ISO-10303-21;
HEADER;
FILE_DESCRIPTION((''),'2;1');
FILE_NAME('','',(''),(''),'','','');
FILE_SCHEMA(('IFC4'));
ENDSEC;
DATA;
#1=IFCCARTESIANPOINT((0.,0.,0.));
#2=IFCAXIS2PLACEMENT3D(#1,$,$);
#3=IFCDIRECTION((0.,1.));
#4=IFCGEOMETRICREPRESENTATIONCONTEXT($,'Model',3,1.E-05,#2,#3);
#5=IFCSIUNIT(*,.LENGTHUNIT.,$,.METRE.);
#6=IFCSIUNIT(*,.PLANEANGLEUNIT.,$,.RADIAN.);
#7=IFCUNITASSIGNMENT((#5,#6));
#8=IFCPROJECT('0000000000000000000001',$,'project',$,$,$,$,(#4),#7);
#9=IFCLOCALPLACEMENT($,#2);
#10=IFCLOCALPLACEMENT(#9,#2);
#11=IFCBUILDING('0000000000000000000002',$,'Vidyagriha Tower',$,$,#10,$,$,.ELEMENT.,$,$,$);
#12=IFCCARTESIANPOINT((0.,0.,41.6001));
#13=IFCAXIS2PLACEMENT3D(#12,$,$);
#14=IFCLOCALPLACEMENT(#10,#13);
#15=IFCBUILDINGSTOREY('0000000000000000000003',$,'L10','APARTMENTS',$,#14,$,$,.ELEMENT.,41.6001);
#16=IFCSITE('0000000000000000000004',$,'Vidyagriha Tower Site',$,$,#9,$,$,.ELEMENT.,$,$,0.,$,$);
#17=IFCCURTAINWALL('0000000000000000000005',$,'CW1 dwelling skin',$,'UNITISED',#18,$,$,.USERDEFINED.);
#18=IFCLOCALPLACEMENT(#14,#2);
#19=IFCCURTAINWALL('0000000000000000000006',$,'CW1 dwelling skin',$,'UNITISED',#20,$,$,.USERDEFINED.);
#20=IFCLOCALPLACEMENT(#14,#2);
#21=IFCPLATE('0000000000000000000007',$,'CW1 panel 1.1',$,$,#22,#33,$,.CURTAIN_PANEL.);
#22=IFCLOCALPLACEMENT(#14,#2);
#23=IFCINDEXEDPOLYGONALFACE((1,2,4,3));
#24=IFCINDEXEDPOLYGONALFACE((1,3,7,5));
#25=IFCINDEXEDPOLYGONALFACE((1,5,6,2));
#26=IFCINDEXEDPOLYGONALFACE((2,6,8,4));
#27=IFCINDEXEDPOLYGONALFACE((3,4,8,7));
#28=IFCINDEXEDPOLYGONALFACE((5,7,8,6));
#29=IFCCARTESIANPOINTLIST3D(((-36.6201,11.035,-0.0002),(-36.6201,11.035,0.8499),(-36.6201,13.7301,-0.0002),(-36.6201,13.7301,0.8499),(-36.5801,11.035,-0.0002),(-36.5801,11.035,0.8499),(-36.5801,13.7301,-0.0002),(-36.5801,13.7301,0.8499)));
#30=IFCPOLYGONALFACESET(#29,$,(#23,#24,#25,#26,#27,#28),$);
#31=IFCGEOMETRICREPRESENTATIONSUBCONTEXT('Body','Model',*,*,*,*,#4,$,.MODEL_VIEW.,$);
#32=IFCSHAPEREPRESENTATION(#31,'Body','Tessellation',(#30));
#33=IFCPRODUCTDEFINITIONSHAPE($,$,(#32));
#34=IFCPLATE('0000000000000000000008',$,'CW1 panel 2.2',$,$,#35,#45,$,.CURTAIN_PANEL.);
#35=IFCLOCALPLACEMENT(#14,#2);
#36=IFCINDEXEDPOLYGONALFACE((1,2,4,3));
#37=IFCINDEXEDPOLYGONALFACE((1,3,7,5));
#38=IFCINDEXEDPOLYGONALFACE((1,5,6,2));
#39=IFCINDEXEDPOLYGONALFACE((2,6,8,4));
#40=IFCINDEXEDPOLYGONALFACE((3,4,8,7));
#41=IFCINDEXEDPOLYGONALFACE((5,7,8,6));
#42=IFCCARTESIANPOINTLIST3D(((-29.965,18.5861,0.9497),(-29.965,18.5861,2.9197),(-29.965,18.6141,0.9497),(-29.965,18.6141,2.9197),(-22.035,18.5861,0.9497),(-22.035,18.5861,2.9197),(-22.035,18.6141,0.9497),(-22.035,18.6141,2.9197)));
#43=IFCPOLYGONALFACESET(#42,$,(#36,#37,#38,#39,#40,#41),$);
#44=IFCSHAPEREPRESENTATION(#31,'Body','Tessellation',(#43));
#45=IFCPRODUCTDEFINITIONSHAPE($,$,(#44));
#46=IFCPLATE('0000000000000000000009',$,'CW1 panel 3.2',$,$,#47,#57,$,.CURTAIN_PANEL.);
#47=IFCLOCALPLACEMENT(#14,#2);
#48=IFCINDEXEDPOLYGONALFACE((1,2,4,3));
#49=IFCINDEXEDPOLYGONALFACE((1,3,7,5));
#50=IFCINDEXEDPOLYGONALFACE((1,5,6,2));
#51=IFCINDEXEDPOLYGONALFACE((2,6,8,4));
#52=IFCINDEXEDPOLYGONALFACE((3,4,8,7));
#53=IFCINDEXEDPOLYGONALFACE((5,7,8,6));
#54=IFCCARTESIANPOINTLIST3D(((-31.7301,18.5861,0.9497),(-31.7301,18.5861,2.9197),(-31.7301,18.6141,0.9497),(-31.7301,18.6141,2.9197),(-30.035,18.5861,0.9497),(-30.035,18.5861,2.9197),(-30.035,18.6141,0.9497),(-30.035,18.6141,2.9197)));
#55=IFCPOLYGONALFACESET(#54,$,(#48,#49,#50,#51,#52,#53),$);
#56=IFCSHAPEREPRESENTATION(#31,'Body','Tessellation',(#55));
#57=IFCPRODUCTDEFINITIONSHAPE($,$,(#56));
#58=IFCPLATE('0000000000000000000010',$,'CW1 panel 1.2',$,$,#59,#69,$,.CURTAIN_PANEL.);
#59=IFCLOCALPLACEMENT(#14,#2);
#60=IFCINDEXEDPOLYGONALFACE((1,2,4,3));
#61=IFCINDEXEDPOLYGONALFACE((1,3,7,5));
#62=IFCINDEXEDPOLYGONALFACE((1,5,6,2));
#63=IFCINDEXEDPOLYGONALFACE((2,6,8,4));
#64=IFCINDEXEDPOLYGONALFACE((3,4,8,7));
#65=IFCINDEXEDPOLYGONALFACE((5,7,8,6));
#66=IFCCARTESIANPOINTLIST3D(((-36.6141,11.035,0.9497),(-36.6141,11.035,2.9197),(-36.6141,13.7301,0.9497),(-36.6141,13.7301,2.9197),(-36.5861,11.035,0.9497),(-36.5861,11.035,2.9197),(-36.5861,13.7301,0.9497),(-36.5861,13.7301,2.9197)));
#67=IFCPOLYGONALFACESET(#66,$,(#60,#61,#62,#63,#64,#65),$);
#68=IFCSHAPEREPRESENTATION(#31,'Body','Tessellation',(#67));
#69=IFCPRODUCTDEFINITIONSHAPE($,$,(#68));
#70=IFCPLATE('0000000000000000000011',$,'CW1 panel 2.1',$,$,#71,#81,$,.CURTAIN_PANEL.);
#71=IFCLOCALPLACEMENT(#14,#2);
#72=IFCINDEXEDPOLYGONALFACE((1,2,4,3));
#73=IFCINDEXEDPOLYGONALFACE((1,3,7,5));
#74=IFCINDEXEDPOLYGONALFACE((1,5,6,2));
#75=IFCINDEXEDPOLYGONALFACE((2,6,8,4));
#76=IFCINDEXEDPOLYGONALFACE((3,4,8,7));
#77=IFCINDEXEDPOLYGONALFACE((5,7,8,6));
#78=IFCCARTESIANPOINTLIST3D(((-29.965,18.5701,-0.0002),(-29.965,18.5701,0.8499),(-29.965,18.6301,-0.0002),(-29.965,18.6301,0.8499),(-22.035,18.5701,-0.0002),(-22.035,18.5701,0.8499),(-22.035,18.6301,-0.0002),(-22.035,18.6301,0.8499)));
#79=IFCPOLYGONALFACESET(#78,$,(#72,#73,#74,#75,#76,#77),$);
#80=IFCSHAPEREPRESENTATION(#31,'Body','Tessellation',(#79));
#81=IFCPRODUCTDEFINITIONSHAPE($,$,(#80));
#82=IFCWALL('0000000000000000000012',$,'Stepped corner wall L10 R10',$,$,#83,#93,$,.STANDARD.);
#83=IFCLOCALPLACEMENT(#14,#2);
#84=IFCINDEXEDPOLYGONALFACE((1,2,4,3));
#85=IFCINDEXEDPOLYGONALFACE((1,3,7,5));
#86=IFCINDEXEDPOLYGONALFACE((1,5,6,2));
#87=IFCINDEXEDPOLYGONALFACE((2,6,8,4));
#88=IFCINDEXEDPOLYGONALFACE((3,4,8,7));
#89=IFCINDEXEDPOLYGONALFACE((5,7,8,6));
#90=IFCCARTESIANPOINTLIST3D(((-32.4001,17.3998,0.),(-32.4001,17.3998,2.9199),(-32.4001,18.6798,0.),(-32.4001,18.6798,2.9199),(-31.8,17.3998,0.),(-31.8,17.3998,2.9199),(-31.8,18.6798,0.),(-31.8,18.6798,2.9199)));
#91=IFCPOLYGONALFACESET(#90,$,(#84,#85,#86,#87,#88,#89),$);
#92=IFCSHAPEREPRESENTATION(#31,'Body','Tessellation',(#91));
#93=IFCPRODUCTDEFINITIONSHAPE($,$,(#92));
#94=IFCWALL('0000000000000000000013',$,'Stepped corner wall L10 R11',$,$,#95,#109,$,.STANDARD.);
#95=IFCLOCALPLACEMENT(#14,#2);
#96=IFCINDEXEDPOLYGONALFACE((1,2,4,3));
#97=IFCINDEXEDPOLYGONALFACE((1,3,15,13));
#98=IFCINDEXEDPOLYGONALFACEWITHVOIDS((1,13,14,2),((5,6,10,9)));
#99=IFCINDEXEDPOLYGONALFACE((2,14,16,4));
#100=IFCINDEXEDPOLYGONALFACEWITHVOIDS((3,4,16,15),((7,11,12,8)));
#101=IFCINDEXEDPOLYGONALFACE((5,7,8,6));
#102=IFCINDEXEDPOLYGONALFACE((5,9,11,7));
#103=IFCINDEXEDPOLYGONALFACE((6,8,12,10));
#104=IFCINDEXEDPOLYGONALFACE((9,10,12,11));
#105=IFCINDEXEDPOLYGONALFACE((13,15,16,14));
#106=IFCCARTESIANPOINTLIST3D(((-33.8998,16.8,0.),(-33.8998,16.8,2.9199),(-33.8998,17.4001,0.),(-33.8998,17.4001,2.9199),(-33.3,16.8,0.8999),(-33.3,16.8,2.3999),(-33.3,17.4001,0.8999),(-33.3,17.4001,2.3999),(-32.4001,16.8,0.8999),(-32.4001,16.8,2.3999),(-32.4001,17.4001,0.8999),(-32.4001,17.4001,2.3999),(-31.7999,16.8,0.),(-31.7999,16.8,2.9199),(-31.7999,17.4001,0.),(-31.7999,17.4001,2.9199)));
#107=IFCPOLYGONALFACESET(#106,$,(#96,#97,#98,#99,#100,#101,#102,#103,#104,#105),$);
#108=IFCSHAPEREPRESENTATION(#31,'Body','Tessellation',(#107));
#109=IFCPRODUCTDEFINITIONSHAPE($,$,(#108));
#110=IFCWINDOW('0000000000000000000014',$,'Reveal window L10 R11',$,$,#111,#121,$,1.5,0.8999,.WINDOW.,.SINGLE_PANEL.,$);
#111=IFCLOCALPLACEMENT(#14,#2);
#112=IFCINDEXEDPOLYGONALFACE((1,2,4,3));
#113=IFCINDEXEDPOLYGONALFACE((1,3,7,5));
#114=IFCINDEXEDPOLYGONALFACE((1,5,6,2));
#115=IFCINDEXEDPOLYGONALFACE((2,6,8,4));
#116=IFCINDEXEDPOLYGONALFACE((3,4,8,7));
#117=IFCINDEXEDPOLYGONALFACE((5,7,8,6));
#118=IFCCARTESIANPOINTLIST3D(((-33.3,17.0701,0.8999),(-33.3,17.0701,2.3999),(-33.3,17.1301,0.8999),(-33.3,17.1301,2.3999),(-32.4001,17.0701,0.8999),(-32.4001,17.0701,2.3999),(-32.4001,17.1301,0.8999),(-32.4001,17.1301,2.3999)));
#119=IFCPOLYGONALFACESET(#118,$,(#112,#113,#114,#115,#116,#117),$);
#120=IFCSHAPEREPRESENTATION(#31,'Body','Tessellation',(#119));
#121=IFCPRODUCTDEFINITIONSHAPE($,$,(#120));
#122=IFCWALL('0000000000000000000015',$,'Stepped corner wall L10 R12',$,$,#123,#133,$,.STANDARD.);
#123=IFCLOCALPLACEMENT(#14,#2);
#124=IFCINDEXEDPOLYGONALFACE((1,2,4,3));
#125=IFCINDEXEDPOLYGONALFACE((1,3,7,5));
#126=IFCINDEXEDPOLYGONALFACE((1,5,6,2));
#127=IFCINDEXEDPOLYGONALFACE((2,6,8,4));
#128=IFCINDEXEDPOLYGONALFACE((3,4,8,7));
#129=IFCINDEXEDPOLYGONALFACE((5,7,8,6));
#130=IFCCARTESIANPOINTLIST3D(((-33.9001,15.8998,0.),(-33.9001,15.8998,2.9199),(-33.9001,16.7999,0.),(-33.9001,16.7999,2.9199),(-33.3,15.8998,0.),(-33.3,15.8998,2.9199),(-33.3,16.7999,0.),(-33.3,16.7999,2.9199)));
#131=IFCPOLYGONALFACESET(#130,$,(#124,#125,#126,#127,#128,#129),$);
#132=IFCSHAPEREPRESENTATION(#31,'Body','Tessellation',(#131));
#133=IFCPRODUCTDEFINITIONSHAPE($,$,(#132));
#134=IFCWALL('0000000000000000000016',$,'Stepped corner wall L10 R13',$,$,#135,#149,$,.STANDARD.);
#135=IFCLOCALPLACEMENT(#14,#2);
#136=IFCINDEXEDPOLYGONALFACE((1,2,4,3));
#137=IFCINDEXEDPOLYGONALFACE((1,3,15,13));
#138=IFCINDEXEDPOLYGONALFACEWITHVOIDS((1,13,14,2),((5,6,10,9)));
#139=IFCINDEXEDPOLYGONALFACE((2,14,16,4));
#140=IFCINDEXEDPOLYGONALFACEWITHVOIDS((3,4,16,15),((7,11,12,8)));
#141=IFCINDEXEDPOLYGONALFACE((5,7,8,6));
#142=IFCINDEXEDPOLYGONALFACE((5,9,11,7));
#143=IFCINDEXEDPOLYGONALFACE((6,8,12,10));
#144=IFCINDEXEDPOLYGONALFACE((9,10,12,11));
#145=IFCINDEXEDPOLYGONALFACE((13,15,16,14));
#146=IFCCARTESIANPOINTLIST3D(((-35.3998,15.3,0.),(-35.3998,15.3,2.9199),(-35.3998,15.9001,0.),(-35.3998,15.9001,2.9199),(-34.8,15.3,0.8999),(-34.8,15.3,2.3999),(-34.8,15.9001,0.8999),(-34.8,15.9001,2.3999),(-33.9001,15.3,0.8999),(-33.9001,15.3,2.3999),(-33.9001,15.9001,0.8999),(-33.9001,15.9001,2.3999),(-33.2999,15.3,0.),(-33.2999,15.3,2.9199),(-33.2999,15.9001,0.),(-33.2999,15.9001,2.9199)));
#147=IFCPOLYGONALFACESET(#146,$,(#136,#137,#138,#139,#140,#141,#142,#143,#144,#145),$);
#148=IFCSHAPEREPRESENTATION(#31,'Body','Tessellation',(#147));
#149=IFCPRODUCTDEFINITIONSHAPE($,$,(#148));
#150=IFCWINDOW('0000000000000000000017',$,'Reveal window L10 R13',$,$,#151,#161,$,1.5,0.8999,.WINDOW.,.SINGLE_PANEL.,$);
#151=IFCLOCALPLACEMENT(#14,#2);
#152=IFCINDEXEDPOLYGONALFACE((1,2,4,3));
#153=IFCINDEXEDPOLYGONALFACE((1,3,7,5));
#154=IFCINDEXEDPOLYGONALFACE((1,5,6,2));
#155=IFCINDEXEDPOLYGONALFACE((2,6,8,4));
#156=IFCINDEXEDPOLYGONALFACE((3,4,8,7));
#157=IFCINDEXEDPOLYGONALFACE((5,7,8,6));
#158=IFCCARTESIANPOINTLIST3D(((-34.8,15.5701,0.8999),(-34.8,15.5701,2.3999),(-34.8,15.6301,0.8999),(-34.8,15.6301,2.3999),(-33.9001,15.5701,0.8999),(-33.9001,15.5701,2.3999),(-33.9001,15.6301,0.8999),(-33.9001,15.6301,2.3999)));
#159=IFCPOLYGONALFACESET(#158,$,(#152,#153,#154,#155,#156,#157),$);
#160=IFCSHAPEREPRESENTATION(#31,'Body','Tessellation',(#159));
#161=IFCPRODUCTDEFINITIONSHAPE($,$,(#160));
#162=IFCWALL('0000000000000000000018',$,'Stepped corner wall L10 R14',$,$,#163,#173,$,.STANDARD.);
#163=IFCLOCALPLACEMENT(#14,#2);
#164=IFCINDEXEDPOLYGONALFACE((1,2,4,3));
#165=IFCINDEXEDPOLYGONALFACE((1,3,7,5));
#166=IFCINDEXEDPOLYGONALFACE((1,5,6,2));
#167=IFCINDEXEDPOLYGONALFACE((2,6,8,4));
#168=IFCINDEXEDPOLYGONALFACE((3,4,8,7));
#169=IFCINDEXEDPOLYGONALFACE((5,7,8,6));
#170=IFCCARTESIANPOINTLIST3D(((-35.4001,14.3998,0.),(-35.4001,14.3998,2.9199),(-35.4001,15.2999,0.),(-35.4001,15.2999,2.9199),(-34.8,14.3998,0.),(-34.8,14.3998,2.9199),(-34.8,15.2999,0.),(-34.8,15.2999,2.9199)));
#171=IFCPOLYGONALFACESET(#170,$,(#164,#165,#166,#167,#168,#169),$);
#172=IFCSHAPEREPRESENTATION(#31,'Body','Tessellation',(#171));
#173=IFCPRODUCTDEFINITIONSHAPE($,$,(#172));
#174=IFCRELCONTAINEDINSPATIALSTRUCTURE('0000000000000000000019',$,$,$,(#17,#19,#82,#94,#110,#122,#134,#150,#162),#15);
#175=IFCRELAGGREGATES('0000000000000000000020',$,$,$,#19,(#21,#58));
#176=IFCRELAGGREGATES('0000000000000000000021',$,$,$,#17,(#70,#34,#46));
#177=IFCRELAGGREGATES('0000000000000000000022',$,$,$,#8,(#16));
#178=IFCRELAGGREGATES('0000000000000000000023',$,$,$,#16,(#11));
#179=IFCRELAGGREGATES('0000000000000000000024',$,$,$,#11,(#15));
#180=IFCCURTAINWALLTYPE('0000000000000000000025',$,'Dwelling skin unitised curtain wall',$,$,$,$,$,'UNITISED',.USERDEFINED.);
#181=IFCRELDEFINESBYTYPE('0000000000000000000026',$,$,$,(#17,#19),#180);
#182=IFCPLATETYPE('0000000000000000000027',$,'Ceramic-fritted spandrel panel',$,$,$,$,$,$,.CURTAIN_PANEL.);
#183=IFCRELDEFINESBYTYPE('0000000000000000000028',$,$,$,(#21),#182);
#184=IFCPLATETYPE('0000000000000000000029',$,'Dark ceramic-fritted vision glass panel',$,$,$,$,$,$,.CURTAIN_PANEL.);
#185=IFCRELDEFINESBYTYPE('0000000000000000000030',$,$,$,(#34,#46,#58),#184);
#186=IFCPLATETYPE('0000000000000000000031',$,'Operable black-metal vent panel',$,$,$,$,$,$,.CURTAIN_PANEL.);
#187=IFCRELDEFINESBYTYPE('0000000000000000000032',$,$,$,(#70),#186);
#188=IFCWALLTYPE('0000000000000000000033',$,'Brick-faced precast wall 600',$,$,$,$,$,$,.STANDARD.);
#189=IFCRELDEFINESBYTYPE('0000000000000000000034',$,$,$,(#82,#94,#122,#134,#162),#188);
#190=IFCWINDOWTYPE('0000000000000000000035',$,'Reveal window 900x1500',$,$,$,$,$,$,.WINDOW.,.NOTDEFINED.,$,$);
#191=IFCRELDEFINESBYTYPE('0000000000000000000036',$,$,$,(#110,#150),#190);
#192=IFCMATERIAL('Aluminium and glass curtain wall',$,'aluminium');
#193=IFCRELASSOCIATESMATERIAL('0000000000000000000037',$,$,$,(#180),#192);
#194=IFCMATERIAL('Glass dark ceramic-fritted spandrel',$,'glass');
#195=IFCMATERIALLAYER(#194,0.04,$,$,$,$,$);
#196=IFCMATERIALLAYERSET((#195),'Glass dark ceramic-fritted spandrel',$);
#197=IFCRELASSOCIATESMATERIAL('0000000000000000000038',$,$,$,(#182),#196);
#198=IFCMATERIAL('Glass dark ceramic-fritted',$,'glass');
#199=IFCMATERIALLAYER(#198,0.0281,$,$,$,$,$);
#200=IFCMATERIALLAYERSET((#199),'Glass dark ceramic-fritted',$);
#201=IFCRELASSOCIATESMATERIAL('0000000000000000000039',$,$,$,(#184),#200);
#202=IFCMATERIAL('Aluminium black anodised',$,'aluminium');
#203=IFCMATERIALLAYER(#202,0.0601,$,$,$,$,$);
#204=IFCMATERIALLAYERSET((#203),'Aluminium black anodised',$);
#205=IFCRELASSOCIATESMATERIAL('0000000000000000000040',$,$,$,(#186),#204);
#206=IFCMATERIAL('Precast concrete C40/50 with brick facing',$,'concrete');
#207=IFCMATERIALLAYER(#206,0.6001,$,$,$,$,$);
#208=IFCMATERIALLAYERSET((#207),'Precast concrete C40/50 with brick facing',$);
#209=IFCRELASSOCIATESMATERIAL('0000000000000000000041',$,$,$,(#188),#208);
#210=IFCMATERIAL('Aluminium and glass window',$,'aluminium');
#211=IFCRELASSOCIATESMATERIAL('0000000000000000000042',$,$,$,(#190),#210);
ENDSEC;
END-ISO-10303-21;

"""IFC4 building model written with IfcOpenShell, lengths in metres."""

from ifc_helpers import new_model, si_unit, direction, frame, frame_2d, origin, origin_2d, place, context, subcontext, project, spatial, rectangle, extrude, material, layer, layer_set, type_object, element, fill, aggregate, save


model = new_model("IFC4")

# Units and contexts
model_context = context("Model", 3, precision=1e-05, world=origin(), true_north=direction((0.0, 1.0)))
body_context = subcontext(model_context, "Body", "Model", "MODEL_VIEW")
ifc_project = project(units=[si_unit("LENGTHUNIT", "METRE"), si_unit("PLANEANGLEUNIT", "RADIAN")], contexts=[model_context])

# Site, building, storey
site_placement = place(None, origin())
site = spatial("IfcSite", under=ifc_project, at=site_placement, Name="Vidyagriha Tower Site", CompositionType="ELEMENT", RefElevation=0.0)
building_placement = place(site_placement, origin())
building = spatial("IfcBuilding", under=site, at=building_placement, Name="Vidyagriha Tower", CompositionType="ELEMENT")
storey_placement = place(building_placement, frame((0.0, 0.0, 41.6001)))
storey = spatial("IfcBuildingStorey", under=building, at=storey_placement, Name="L10", Description="APARTMENTS", CompositionType="ELEMENT", Elevation=41.6001)

# Curtain wall
ifc_material_1 = material(Name="Aluminium and glass curtain wall", Category="aluminium")
curtain_wall_type = type_object("IfcCurtainWallType", Name="Dwelling skin unitised curtain wall", ElementType="UNITISED", PredefinedType="USERDEFINED", material=ifc_material_1)
curtain_wall_1_placement = place(storey_placement, origin())
curtain_wall_1 = element("IfcCurtainWall", 1, at=curtain_wall_1_placement, inside=storey, type_object=curtain_wall_type, Name="CW1 dwelling skin", ObjectType="UNITISED", PredefinedType="USERDEFINED")

# Curtain wall
curtain_wall_2_placement = place(storey_placement, origin())
curtain_wall_2 = element("IfcCurtainWall", 2, at=curtain_wall_2_placement, inside=storey, type_object=curtain_wall_type, Name="CW1 dwelling skin", ObjectType="UNITISED", PredefinedType="USERDEFINED")

# Plates
ifc_material_2 = material(Name="Glass dark ceramic-fritted spandrel", Category="glass")
ifc_layer_1 = layer(ifc_material_2, 0.04)
ifc_layer_set_1 = layer_set([ifc_layer_1], Name="Glass dark ceramic-fritted spandrel")
plate_type_1 = type_object("IfcPlateType", Name="Ceramic-fritted spandrel panel", PredefinedType="CURTAIN_PANEL", material=ifc_layer_set_1)
plate_1_placement = place(storey_placement, frame((-36.6001, 12.3826, -0.0002), z_axis=(0.0, 0.0, 1.0), x_axis=(0.0, -1.0, 0.0)))
plate_1 = element("IfcPlate", 3, at=plate_1_placement, type_object=plate_type_1, Name="CW1 panel 1.1", PredefinedType="CURTAIN_PANEL", context=body_context, shape_type="SweptSolid", body=[
    extrude(rectangle(XDim=2.6951, YDim=0.04, at=origin_2d()), origin(), (0.0, 0.0, 1.0), 0.8501),
])
ifc_material_3 = material(Name="Glass dark ceramic-fritted", Category="glass")
ifc_layer_2 = layer(ifc_material_3, 0.0281)
ifc_layer_set_2 = layer_set([ifc_layer_2], Name="Glass dark ceramic-fritted")
plate_type_2 = type_object("IfcPlateType", Name="Dark ceramic-fritted vision glass panel", PredefinedType="CURTAIN_PANEL", material=ifc_layer_set_2)
plate_2_placement = place(storey_placement, frame((-26.0, 18.6001, 0.9497), z_axis=(0.0, 0.0, 1.0), x_axis=(-1.0, 0.0, 0.0)))
plate_2 = element("IfcPlate", 4, at=plate_2_placement, type_object=plate_type_2, Name="CW1 panel 2.2", PredefinedType="CURTAIN_PANEL", context=body_context, shape_type="SweptSolid", body=[
    extrude(rectangle(XDim=7.9299, YDim=0.0281, at=origin_2d()), origin(), (0.0, 0.0, 1.0), 1.97),
])
plate_3_placement = place(storey_placement, frame((-30.8826, 18.6001, 0.9497), z_axis=(0.0, 0.0, 1.0), x_axis=(-1.0, 0.0, 0.0)))
plate_3 = element("IfcPlate", 5, at=plate_3_placement, type_object=plate_type_2, Name="CW1 panel 3.2", PredefinedType="CURTAIN_PANEL", context=body_context, shape_type="SweptSolid", body=[
    extrude(rectangle(XDim=1.6951, YDim=0.0281, at=origin_2d()), origin(), (0.0, 0.0, 1.0), 1.97),
])
plate_4_placement = place(storey_placement, frame((-36.6001, 12.3826, 0.9497), z_axis=(0.0, 0.0, 1.0), x_axis=(0.0, -1.0, 0.0)))
plate_4 = element("IfcPlate", 6, at=plate_4_placement, type_object=plate_type_2, Name="CW1 panel 1.2", PredefinedType="CURTAIN_PANEL", context=body_context, shape_type="SweptSolid", body=[
    extrude(rectangle(XDim=2.6951, YDim=0.0281, at=origin_2d()), origin(), (0.0, 0.0, 1.0), 1.97),
])
aggregate(curtain_wall_2, [plate_1, plate_4])
ifc_material_4 = material(Name="Aluminium black anodised", Category="aluminium")
ifc_layer_3 = layer(ifc_material_4, 0.0601)
ifc_layer_set_3 = layer_set([ifc_layer_3], Name="Aluminium black anodised")
plate_type_3 = type_object("IfcPlateType", Name="Operable black-metal vent panel", PredefinedType="CURTAIN_PANEL", material=ifc_layer_set_3)
plate_5_placement = place(storey_placement, frame((-26.0, 18.6001, -0.0002), z_axis=(0.0, 0.0, 1.0), x_axis=(-1.0, 0.0, 0.0)))
plate_5 = element("IfcPlate", 7, at=plate_5_placement, type_object=plate_type_3, Name="CW1 panel 2.1", PredefinedType="CURTAIN_PANEL", context=body_context, shape_type="SweptSolid", body=[
    extrude(rectangle(XDim=7.9299, YDim=0.0601, at=origin_2d()), origin(), (0.0, 0.0, 1.0), 0.8501),
])
aggregate(curtain_wall_1, [plate_5, plate_2, plate_3])

# Wall
ifc_material_5 = material(Name="Precast concrete C40/50 with brick facing", Category="concrete")
ifc_layer_4 = layer(ifc_material_5, 0.6001)
ifc_layer_set_4 = layer_set([ifc_layer_4], Name="Precast concrete C40/50 with brick facing")
wall_type_1 = type_object("IfcWallType", Name="Brick-faced precast wall 600", PredefinedType="STANDARD", material=ifc_layer_set_4)
wall_1_placement = place(storey_placement, frame((-32.1001, 18.6799, 0.0), z_axis=(0.0, 0.0, 1.0), x_axis=(0.0, -1.0, 0.0)))
element("IfcWall", 8, at=wall_1_placement, inside=storey, type_object=wall_type_1, Name="Stepped corner wall L10 R10", PredefinedType="STANDARD", context=body_context, shape_type="SweptSolid", body=[
    extrude(rectangle(XDim=1.28, YDim=0.6001, at=frame_2d((0.6401, 0.0))), origin(), (0.0, 0.0, 1.0), 2.9199),
])

# Wall, opening, window
wall_2_placement = place(storey_placement, frame((-31.8, 17.1001, 0.0), z_axis=(0.0, 0.0, 1.0), x_axis=(-1.0, 0.0, 0.0)))
wall_2 = element("IfcWall", 9, at=wall_2_placement, inside=storey, type_object=wall_type_1, Name="Stepped corner wall L10 R11", PredefinedType="STANDARD", context=body_context, shape_type="SweptSolid", body=[
    extrude(rectangle(XDim=2.0999, YDim=0.6001, at=frame_2d((1.0498, 0.0))), origin(), (0.0, 0.0, 1.0), 2.9199),
])
opening_1_placement = place(wall_2_placement, frame((0.6001, 0.0, 0.8999)))
opening_1 = element("IfcOpeningElement", 10, at=opening_1_placement, cuts=wall_2, PredefinedType="OPENING", context=body_context, shape_type="SweptSolid", body=[
    extrude(rectangle(XDim=0.8999, YDim=1.5, at=frame_2d((0.45, 0.75))), frame((0.0, 0.3101, 0.0), z_axis=(0.0, -1.0, 0.0), x_axis=(1.0, 0.0, 0.0)), (0.0, 0.0, 1.0), 0.6201),
])
ifc_material_6 = material(Name="Aluminium and glass window", Category="aluminium")
window_type = type_object("IfcWindowType", Name="Reveal window 900x1500", PartitioningType="NOTDEFINED", PredefinedType="WINDOW", material=ifc_material_6)
window_1_placement = place(opening_1_placement, origin())
window_1 = element("IfcWindow", 11, at=window_1_placement, inside=storey, type_object=window_type, Name="Reveal window L10 R11", OverallHeight=1.5, OverallWidth=0.8999, PartitioningType="SINGLE_PANEL", PredefinedType="WINDOW", context=body_context, shape_type="SweptSolid", body=[
    extrude(rectangle(XDim=0.8999, YDim=1.5, at=frame_2d((0.45, 0.75))), frame((0.0, 0.03, 0.0), z_axis=(0.0, -1.0, 0.0), x_axis=(1.0, 0.0, 0.0)), (0.0, 0.0, 1.0), 0.0601),
])
fill(opening_1, window_1)

# Wall
wall_3_placement = place(storey_placement, frame((-33.6001, 16.8, 0.0), z_axis=(0.0, 0.0, 1.0), x_axis=(0.0, -1.0, 0.0)))
element("IfcWall", 12, at=wall_3_placement, inside=storey, type_object=wall_type_1, Name="Stepped corner wall L10 R12", PredefinedType="STANDARD", context=body_context, shape_type="SweptSolid", body=[
    extrude(rectangle(XDim=0.9001, YDim=0.6001, at=frame_2d((0.4502, 0.0))), origin(), (0.0, 0.0, 1.0), 2.9199),
])

# Wall, opening, window
wall_4_placement = place(storey_placement, frame((-33.3, 15.6001, 0.0), z_axis=(0.0, 0.0, 1.0), x_axis=(-1.0, 0.0, 0.0)))
wall_4 = element("IfcWall", 13, at=wall_4_placement, inside=storey, type_object=wall_type_1, Name="Stepped corner wall L10 R13", PredefinedType="STANDARD", context=body_context, shape_type="SweptSolid", body=[
    extrude(rectangle(XDim=2.0999, YDim=0.6001, at=frame_2d((1.0498, 0.0))), origin(), (0.0, 0.0, 1.0), 2.9199),
])
opening_2_placement = place(wall_4_placement, frame((0.6001, 0.0, 0.8999)))
opening_2 = element("IfcOpeningElement", 14, at=opening_2_placement, cuts=wall_4, PredefinedType="OPENING", context=body_context, shape_type="SweptSolid", body=[
    extrude(rectangle(XDim=0.8999, YDim=1.5, at=frame_2d((0.45, 0.75))), frame((0.0, 0.3101, 0.0), z_axis=(0.0, -1.0, 0.0), x_axis=(1.0, 0.0, 0.0)), (0.0, 0.0, 1.0), 0.6201),
])
window_2_placement = place(opening_2_placement, origin())
window_2 = element("IfcWindow", 15, at=window_2_placement, inside=storey, type_object=window_type, Name="Reveal window L10 R13", OverallHeight=1.5, OverallWidth=0.8999, PartitioningType="SINGLE_PANEL", PredefinedType="WINDOW", context=body_context, shape_type="SweptSolid", body=[
    extrude(rectangle(XDim=0.8999, YDim=1.5, at=frame_2d((0.45, 0.75))), frame((0.0, 0.03, 0.0), z_axis=(0.0, -1.0, 0.0), x_axis=(1.0, 0.0, 0.0)), (0.0, 0.0, 1.0), 0.0601),
])
fill(opening_2, window_2)

# Wall
wall_5_placement = place(storey_placement, frame((-35.1001, 15.3, 0.0), z_axis=(0.0, 0.0, 1.0), x_axis=(0.0, -1.0, 0.0)))
element("IfcWall", 16, at=wall_5_placement, inside=storey, type_object=wall_type_1, Name="Stepped corner wall L10 R14", PredefinedType="STANDARD", context=body_context, shape_type="SweptSolid", body=[
    extrude(rectangle(XDim=0.9001, YDim=0.6001, at=frame_2d((0.4502, 0.0))), origin(), (0.0, 0.0, 1.0), 2.9199),
])

save(model, "model.ifc")
